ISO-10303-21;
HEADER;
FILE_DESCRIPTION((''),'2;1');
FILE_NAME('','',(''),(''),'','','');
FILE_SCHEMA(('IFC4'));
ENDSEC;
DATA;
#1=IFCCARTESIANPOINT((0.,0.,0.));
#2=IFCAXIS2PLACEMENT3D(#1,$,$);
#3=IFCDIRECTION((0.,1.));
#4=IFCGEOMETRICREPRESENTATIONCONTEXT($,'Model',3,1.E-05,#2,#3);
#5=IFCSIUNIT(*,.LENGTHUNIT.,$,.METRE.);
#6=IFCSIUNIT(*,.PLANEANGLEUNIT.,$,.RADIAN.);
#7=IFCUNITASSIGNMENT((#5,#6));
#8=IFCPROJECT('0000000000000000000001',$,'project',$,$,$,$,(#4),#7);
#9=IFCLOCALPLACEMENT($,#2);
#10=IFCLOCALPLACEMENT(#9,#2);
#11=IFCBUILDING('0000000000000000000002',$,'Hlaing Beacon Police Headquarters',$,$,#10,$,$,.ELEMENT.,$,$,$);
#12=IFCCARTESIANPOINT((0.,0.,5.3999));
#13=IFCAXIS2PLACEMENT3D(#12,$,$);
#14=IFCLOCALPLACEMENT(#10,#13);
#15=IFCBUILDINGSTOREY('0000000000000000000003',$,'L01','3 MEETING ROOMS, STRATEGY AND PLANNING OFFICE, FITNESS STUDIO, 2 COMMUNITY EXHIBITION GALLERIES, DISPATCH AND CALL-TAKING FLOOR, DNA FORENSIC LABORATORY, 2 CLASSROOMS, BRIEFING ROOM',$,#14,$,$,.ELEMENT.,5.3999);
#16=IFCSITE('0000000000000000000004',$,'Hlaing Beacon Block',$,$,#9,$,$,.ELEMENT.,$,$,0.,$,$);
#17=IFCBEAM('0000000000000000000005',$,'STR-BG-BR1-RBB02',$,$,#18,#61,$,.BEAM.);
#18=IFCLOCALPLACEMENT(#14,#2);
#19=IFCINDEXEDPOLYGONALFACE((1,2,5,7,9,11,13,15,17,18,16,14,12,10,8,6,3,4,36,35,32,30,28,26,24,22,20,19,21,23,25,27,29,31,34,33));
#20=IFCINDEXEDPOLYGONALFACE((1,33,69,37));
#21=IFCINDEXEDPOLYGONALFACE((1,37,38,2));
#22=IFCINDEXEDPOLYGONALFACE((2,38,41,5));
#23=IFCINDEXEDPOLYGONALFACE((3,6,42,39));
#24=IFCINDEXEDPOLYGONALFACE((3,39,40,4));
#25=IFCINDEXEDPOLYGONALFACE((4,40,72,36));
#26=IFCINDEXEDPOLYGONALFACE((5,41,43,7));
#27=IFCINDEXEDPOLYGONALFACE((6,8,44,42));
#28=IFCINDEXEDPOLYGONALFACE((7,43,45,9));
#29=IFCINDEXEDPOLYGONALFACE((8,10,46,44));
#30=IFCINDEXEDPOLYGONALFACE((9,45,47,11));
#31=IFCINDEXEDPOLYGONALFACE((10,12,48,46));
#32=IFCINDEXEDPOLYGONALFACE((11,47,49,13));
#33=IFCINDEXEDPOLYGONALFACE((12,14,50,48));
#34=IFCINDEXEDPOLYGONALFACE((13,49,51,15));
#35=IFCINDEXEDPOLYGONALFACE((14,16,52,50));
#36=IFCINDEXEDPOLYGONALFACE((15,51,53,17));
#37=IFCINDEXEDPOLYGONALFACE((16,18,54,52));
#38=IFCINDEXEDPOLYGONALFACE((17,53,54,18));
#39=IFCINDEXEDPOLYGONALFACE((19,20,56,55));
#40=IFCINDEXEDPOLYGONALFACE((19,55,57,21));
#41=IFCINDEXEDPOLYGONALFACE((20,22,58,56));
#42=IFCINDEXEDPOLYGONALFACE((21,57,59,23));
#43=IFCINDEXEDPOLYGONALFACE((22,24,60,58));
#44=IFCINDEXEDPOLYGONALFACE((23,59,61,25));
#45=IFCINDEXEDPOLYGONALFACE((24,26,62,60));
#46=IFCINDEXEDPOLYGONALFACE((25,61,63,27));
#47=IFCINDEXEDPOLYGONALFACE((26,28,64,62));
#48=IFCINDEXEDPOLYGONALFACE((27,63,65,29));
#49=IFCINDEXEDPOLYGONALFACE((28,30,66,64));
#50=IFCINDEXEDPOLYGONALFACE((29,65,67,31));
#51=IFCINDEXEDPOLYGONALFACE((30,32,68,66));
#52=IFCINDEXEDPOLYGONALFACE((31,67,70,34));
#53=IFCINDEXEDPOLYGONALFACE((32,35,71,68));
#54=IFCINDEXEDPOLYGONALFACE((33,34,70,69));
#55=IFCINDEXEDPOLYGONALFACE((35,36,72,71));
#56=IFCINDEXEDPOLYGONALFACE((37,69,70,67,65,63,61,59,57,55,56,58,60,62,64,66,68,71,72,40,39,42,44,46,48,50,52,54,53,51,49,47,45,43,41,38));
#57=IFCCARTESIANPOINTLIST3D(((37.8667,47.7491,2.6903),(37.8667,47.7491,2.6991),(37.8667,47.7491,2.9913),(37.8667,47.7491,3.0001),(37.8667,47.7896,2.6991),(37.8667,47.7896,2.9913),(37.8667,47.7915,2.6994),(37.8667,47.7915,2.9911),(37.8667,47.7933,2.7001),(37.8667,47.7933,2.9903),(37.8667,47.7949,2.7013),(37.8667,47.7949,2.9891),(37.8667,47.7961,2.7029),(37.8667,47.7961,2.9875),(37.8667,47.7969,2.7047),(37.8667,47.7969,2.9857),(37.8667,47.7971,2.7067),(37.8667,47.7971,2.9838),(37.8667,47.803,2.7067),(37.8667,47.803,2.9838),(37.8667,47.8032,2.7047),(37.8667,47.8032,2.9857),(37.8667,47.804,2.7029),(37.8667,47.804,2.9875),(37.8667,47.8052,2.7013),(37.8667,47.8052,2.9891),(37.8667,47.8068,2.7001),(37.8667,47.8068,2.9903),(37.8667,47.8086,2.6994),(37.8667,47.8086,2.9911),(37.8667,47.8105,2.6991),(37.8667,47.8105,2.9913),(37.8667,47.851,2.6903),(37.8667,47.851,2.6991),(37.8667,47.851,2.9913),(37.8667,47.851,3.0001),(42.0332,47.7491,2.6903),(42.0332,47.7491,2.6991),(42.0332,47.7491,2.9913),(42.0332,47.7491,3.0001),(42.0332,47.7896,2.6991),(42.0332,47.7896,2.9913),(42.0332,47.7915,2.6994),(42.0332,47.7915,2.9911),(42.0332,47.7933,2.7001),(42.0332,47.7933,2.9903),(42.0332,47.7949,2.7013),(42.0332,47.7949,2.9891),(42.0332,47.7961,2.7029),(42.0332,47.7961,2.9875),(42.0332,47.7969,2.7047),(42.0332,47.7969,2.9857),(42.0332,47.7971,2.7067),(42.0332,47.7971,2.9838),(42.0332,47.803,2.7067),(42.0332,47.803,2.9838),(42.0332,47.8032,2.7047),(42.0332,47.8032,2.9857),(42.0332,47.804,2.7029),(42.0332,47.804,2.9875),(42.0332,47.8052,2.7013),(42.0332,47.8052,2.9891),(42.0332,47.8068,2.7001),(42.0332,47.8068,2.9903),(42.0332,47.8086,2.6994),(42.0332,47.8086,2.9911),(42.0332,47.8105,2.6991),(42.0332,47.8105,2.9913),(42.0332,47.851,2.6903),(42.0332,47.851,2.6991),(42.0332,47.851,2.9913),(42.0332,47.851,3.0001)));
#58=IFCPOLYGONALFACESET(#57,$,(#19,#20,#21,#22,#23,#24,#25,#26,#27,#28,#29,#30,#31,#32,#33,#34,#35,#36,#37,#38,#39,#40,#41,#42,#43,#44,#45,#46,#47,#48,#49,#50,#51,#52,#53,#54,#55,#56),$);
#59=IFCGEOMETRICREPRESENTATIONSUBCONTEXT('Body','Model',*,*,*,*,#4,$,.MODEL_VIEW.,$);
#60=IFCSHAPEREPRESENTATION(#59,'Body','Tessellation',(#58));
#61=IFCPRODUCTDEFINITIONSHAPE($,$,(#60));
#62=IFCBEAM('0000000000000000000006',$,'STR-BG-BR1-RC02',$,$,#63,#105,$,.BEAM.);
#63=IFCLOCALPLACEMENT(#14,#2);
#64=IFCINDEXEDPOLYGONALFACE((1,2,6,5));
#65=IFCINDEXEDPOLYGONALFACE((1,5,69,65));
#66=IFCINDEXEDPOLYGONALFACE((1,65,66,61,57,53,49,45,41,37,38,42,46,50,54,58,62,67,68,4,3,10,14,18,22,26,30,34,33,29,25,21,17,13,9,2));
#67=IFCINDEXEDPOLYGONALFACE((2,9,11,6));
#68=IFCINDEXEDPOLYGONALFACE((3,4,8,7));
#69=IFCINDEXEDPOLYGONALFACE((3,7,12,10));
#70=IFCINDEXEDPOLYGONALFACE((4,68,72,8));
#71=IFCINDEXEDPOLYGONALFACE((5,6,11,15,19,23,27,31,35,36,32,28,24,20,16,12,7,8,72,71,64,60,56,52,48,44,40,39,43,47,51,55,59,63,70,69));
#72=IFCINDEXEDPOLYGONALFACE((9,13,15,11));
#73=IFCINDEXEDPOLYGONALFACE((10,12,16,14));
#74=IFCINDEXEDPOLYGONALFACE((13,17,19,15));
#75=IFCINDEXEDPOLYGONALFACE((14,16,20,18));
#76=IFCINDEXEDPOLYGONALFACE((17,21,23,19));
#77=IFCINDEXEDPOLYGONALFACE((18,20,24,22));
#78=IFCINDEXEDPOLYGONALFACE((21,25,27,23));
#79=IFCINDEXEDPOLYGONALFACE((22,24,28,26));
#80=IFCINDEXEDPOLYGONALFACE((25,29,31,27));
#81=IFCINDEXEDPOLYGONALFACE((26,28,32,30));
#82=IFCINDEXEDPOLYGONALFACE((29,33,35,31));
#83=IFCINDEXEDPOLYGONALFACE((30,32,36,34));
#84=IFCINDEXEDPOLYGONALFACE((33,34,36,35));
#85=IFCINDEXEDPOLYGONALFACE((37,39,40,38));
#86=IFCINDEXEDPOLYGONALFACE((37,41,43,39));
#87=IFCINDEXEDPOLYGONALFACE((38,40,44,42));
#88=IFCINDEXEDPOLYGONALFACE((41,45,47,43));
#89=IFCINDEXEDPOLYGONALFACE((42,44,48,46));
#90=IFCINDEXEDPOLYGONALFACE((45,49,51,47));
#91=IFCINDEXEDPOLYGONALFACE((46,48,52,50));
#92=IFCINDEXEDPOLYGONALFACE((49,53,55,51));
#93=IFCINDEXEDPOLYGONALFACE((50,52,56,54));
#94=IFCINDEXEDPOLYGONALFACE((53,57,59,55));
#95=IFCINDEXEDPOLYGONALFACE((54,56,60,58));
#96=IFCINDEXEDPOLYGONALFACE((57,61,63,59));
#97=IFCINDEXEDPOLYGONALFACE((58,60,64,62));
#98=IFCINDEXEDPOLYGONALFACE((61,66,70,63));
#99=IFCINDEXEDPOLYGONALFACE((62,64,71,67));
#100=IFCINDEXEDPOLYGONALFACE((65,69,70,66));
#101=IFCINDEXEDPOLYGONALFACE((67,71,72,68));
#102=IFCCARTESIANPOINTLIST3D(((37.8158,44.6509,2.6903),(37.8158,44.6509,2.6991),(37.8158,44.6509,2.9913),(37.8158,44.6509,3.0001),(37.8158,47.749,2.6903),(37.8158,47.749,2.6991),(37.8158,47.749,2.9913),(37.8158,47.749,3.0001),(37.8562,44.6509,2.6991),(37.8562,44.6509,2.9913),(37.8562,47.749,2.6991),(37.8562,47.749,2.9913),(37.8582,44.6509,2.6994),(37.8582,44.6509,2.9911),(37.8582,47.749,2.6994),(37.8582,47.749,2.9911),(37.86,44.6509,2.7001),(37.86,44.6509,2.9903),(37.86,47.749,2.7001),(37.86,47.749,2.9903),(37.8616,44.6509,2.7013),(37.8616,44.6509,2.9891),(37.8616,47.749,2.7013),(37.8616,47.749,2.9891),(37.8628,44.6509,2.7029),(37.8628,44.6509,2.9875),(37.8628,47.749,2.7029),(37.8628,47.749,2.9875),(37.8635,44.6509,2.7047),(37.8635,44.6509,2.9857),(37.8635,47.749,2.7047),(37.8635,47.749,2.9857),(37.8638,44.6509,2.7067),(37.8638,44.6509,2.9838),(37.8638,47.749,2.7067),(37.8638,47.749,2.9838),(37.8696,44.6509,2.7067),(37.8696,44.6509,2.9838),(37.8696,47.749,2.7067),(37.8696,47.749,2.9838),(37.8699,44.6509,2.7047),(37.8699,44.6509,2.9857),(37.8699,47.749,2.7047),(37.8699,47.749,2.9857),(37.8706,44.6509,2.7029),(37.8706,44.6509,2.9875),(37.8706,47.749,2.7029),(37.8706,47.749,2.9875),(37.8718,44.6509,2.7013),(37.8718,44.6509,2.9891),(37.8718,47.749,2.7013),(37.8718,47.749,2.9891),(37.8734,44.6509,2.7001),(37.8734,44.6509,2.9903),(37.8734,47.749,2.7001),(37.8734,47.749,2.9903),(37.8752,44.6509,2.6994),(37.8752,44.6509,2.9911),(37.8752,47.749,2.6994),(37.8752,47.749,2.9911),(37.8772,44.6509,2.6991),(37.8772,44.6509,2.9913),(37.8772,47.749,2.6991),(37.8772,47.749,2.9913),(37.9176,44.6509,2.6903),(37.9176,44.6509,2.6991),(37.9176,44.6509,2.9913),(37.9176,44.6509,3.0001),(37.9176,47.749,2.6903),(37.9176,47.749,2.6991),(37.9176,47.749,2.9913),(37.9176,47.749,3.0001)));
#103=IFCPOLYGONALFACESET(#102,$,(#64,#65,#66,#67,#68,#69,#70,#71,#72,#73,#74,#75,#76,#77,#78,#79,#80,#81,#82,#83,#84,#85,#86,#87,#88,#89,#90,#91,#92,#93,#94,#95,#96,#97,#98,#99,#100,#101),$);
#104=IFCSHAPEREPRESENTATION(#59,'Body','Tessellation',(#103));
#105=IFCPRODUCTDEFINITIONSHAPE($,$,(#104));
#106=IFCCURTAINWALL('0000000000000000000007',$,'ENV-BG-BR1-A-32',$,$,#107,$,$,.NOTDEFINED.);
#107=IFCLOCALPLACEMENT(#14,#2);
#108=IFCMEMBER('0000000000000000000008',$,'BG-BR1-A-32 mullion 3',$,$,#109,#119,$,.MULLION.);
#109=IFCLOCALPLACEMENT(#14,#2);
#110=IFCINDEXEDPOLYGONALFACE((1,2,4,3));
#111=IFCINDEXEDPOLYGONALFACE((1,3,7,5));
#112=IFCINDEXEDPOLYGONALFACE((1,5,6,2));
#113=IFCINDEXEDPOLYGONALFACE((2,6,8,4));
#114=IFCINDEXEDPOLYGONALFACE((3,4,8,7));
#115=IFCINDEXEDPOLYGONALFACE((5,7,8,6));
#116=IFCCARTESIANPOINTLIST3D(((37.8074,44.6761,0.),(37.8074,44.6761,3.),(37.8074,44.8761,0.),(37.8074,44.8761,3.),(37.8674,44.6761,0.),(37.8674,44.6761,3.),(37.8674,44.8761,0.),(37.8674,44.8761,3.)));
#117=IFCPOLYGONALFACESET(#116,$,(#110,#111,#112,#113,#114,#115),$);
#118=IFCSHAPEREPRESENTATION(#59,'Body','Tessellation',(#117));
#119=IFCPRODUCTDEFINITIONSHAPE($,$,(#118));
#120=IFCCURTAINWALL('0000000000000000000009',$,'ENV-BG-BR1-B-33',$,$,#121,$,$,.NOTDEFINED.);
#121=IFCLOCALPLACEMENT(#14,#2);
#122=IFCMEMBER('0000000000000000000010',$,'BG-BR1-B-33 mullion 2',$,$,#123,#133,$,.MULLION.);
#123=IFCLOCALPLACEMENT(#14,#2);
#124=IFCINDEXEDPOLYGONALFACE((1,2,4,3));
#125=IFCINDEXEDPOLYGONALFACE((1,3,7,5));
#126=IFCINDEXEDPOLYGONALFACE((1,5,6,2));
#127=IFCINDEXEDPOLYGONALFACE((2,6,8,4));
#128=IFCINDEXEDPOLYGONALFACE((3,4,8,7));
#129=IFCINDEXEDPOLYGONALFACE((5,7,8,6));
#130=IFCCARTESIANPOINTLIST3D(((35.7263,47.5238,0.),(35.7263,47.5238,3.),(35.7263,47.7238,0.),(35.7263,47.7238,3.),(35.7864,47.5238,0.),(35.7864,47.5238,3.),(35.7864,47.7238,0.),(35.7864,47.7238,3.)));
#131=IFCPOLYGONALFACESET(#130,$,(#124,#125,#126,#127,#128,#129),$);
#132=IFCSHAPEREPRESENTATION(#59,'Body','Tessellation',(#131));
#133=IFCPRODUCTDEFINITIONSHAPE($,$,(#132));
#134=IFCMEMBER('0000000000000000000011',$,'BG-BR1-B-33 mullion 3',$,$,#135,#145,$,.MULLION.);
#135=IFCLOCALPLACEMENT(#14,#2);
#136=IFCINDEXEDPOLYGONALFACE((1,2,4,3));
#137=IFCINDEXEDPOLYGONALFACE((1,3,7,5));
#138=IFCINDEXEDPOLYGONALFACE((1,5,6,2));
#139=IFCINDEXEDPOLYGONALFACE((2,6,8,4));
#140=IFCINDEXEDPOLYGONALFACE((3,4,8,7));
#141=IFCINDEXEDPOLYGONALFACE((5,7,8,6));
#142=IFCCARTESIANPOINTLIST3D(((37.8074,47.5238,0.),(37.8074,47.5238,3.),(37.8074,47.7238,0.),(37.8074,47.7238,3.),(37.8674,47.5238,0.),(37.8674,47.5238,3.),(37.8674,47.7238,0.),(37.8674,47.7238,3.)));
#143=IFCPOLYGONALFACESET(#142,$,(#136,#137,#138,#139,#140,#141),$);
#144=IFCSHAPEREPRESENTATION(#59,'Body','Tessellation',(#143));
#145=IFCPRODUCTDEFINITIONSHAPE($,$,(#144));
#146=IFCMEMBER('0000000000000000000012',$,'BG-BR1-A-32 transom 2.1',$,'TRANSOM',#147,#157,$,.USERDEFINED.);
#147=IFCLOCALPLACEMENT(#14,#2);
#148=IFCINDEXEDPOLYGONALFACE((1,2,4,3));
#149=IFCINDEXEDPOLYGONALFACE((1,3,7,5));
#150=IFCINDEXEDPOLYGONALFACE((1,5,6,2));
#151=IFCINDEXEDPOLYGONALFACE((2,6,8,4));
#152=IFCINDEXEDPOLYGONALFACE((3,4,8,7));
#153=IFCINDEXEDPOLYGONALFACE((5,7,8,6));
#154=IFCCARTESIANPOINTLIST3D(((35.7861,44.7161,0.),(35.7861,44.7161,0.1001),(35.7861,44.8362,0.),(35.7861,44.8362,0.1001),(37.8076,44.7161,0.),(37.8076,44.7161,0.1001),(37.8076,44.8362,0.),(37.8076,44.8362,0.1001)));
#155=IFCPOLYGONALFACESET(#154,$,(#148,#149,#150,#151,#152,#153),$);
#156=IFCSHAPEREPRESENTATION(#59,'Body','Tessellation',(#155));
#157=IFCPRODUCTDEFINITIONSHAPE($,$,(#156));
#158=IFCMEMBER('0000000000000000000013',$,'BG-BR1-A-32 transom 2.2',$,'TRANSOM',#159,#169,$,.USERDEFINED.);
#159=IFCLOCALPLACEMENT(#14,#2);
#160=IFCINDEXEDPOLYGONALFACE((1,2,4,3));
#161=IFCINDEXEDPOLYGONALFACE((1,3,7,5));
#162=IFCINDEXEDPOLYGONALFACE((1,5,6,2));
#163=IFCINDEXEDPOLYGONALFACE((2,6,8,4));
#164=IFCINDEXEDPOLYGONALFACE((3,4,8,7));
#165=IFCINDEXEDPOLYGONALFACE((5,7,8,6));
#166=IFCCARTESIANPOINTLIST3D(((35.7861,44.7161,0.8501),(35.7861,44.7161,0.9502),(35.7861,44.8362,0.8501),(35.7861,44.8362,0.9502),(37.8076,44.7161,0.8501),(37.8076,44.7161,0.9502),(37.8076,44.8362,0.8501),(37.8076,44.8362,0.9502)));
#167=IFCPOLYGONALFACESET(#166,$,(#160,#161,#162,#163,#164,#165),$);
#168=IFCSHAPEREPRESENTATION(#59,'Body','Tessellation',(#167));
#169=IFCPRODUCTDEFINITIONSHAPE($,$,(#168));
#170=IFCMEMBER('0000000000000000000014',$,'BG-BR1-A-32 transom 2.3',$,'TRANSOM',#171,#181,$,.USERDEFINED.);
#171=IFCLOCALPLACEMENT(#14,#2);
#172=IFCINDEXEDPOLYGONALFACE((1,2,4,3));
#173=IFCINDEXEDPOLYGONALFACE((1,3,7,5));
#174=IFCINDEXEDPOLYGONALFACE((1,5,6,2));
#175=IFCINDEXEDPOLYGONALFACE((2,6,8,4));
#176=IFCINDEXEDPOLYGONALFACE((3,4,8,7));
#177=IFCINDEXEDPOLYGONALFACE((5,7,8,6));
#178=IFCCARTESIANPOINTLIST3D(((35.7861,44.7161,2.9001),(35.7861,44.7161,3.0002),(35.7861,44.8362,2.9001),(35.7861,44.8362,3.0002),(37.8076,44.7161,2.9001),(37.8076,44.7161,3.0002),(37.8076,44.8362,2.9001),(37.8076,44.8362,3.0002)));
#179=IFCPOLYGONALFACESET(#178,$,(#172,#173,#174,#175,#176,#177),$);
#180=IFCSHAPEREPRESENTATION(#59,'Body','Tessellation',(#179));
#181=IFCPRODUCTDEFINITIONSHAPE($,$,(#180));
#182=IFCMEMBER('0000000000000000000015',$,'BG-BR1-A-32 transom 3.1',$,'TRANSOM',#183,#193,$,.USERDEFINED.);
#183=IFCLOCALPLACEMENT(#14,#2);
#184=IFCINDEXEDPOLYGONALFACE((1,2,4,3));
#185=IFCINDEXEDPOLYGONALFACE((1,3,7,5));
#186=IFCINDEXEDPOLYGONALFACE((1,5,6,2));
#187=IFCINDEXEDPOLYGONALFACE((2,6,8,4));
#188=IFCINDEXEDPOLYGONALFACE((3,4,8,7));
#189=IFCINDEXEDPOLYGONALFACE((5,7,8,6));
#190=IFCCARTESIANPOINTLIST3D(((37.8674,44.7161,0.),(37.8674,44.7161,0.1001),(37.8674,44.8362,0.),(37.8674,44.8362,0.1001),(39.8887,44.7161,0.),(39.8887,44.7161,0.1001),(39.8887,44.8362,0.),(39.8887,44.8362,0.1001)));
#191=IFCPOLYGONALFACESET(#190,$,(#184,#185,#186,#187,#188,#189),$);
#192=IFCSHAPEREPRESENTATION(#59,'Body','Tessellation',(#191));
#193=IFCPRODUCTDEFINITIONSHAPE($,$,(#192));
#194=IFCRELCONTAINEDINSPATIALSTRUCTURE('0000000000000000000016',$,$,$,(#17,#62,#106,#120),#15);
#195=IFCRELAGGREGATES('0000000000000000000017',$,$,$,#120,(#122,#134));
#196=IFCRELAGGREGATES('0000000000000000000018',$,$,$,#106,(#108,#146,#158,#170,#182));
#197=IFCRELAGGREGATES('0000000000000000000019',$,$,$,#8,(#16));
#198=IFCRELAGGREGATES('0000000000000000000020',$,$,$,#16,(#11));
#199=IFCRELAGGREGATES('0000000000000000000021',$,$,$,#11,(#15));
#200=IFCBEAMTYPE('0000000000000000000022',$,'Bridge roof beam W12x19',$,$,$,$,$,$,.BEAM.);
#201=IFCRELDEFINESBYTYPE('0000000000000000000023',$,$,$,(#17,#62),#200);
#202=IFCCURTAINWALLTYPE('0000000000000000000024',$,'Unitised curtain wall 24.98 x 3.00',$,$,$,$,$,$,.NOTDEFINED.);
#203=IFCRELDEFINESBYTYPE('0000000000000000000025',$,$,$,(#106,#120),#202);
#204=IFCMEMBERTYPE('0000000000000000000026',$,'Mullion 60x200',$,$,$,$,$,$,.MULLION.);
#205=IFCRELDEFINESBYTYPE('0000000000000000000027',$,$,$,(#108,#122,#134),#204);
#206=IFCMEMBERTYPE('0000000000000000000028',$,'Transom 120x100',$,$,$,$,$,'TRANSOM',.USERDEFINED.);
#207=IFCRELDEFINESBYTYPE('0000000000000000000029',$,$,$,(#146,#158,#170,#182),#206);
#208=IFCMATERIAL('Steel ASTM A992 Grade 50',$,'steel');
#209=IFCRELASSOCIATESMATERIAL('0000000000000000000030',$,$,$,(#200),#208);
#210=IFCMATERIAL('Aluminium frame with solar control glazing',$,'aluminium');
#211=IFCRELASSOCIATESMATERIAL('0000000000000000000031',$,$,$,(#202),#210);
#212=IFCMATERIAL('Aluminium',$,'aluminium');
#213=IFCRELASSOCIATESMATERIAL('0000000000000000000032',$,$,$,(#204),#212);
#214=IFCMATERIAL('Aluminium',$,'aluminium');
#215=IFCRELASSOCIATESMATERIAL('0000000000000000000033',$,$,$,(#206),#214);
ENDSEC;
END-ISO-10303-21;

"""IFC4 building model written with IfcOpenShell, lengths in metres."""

from ifc_helpers import new_model, si_unit, direction, frame, origin, origin_2d, place, context, subcontext, project, spatial, rectangle, i_section, extrude, material, material_profile, profile_set, type_object, element, aggregate, save


model = new_model("IFC4")

# Units and contexts
model_context = context("Model", 3, precision=1e-05, world=origin(), true_north=direction((0.0, 1.0)))
body_context = subcontext(model_context, "Body", "Model", "MODEL_VIEW")
ifc_project = project(units=[si_unit("LENGTHUNIT", "METRE"), si_unit("PLANEANGLEUNIT", "RADIAN")], contexts=[model_context])

# Site, building, storey
site_placement = place(None, origin())
site = spatial("IfcSite", under=ifc_project, at=site_placement, Name="Hlaing Beacon Block", CompositionType="ELEMENT", RefElevation=0.0)
building_placement = place(site_placement, origin())
building = spatial("IfcBuilding", under=site, at=building_placement, Name="Hlaing Beacon Police Headquarters", CompositionType="ELEMENT")
storey_placement = place(building_placement, frame((0.0, 0.0, 5.3999)))
storey = spatial("IfcBuildingStorey", under=building, at=storey_placement, Name="L01", Description="3 MEETING ROOMS, STRATEGY AND PLANNING OFFICE, FITNESS STUDIO, 2 COMMUNITY EXHIBITION GALLERIES, DISPATCH AND CALL-TAKING FLOOR, DNA FORENSIC LABORATORY, 2 CLASSROOMS, BRIEFING ROOM", CompositionType="ELEMENT", Elevation=5.3999)

# Beams
ifc_material_1 = material(Name="Steel ASTM A992 Grade 50", Category="steel")
ifc_material_profile_1 = material_profile(ifc_material_1, i_section(OverallWidth=0.1018, OverallDepth=0.3098, WebThickness=0.0059, FlangeThickness=0.0088, FilletRadius=0.0076, at=origin_2d()), Name="W12x19")
ifc_profile_set_1 = profile_set([ifc_material_profile_1], Name="Steel ASTM A992 Grade 50")
beam_type_1 = type_object("IfcBeamType", Name="Bridge roof beam W12x19", PredefinedType="BEAM", material=ifc_profile_set_1)
for number, where, z_axis, x_axis, name in (
    (1, (37.8667, 47.8, 2.8452), (1.0, 0.0, 0.0), (0.0, 1.0, 0.0), "STR-BG-BR1-RBB02"),
):
    element("IfcBeam", number, at=place(storey_placement, frame(where, z_axis=z_axis, x_axis=x_axis)), inside=storey, type_object=beam_type_1, Name=name, PredefinedType="BEAM", context=body_context, shape_type="SweptSolid", body=[
        extrude(i_section(OverallWidth=0.1018, OverallDepth=0.3098, WebThickness=0.0059, FlangeThickness=0.0088, FilletRadius=0.0076, at=origin_2d()), origin(), (0.0, 0.0, 1.0), 4.1665),
    ])
beam_placement = place(storey_placement, frame((37.8667, 44.6509, 2.8452), z_axis=(0.0, 1.0, 0.0), x_axis=(-1.0, 0.0, 0.0)))
element("IfcBeam", 2, at=beam_placement, inside=storey, type_object=beam_type_1, Name="STR-BG-BR1-RC02", PredefinedType="BEAM", context=body_context, shape_type="SweptSolid", body=[
    extrude(i_section(OverallWidth=0.1018, OverallDepth=0.3098, WebThickness=0.0059, FlangeThickness=0.0088, FilletRadius=0.0076, at=origin_2d()), origin(), (0.0, 0.0, 1.0), 3.0981),
])

# Curtain wall, member
ifc_material_2 = material(Name="Aluminium frame with solar control glazing", Category="aluminium")
curtain_wall_type = type_object("IfcCurtainWallType", Name="Unitised curtain wall 24.98 x 3.00", PredefinedType="NOTDEFINED", material=ifc_material_2)
curtain_wall_1_placement = place(storey_placement, origin())
curtain_wall_1 = element("IfcCurtainWall", 3, at=curtain_wall_1_placement, inside=storey, type_object=curtain_wall_type, Name="ENV-BG-BR1-A-32", PredefinedType="NOTDEFINED")
ifc_material_3 = material(Name="Aluminium", Category="aluminium")
ifc_material_profile_2 = material_profile(ifc_material_3, rectangle(XDim=0.2, YDim=0.0601, at=origin_2d()), Name="Mullion 60x200")
ifc_profile_set_2 = profile_set([ifc_material_profile_2], Name="Aluminium")
member_type_1 = type_object("IfcMemberType", Name="Mullion 60x200", PredefinedType="MULLION", material=ifc_profile_set_2)
member_1_placement = place(storey_placement, frame((37.8374, 44.7761, 0.0), z_axis=(0.0, 0.0, 1.0), x_axis=(0.0, 1.0, 0.0)))
member_1 = element("IfcMember", 4, at=member_1_placement, type_object=member_type_1, Name="BG-BR1-A-32 mullion 3", PredefinedType="MULLION", context=body_context, shape_type="SweptSolid", body=[
    extrude(rectangle(XDim=0.2, YDim=0.0601, at=origin_2d()), origin(), (0.0, 0.0, 1.0), 3.0),
])

# Curtain wall, members
curtain_wall_2_placement = place(storey_placement, origin())
curtain_wall_2 = element("IfcCurtainWall", 5, at=curtain_wall_2_placement, inside=storey, type_object=curtain_wall_type, Name="ENV-BG-BR1-B-33", PredefinedType="NOTDEFINED")
member_2_placement = place(storey_placement, frame((35.7563, 47.6238, 0.0), z_axis=(0.0, 0.0, 1.0), x_axis=(0.0, 1.0, 0.0)))
member_2 = element("IfcMember", 6, at=member_2_placement, type_object=member_type_1, Name="BG-BR1-B-33 mullion 2", PredefinedType="MULLION", context=body_context, shape_type="SweptSolid", body=[
    extrude(rectangle(XDim=0.2, YDim=0.0601, at=origin_2d()), origin(), (0.0, 0.0, 1.0), 3.0),
])
member_3_placement = place(storey_placement, frame((37.8374, 47.6238, 0.0), z_axis=(0.0, 0.0, 1.0), x_axis=(0.0, 1.0, 0.0)))
member_3 = element("IfcMember", 7, at=member_3_placement, type_object=member_type_1, Name="BG-BR1-B-33 mullion 3", PredefinedType="MULLION", context=body_context, shape_type="SweptSolid", body=[
    extrude(rectangle(XDim=0.2, YDim=0.0601, at=origin_2d()), origin(), (0.0, 0.0, 1.0), 3.0),
])

# Members
ifc_material_4 = material(Name="Aluminium", Category="aluminium")
ifc_material_profile_3 = material_profile(ifc_material_4, rectangle(XDim=0.1201, YDim=0.1001, at=origin_2d()), Name="Transom 120x100")
ifc_profile_set_3 = profile_set([ifc_material_profile_3], Name="Aluminium")
member_type_2 = type_object("IfcMemberType", Name="Transom 120x100", ElementType="TRANSOM", PredefinedType="USERDEFINED", material=ifc_profile_set_3)
member_4_placement = place(storey_placement, frame((35.7861, 44.7761, 0.05), z_axis=(1.0, 0.0, 0.0), x_axis=(0.0, 1.0, 0.0)))
member_4 = element("IfcMember", 8, at=member_4_placement, type_object=member_type_2, Name="BG-BR1-A-32 transom 2.1", ObjectType="TRANSOM", PredefinedType="USERDEFINED", context=body_context, shape_type="SweptSolid", body=[
    extrude(rectangle(XDim=0.1201, YDim=0.1001, at=origin_2d()), origin(), (0.0, 0.0, 1.0), 2.0215),
])
member_5_placement = place(storey_placement, frame((35.7861, 44.7761, 0.9001), z_axis=(1.0, 0.0, 0.0), x_axis=(0.0, 1.0, 0.0)))
member_5 = element("IfcMember", 9, at=member_5_placement, type_object=member_type_2, Name="BG-BR1-A-32 transom 2.2", ObjectType="TRANSOM", PredefinedType="USERDEFINED", context=body_context, shape_type="SweptSolid", body=[
    extrude(rectangle(XDim=0.1201, YDim=0.1001, at=origin_2d()), origin(), (0.0, 0.0, 1.0), 2.0215),
])
member_6_placement = place(storey_placement, frame((35.7861, 44.7761, 2.9502), z_axis=(1.0, 0.0, 0.0), x_axis=(0.0, 1.0, 0.0)))
member_6 = element("IfcMember", 10, at=member_6_placement, type_object=member_type_2, Name="BG-BR1-A-32 transom 2.3", ObjectType="TRANSOM", PredefinedType="USERDEFINED", context=body_context, shape_type="SweptSolid", body=[
    extrude(rectangle(XDim=0.1201, YDim=0.1001, at=origin_2d()), origin(), (0.0, 0.0, 1.0), 2.0215),
])
member_7_placement = place(storey_placement, frame((37.8674, 44.7761, 0.05), z_axis=(1.0, 0.0, 0.0), x_axis=(0.0, 1.0, 0.0)))
member_7 = element("IfcMember", 11, at=member_7_placement, type_object=member_type_2, Name="BG-BR1-A-32 transom 3.1", ObjectType="TRANSOM", PredefinedType="USERDEFINED", context=body_context, shape_type="SweptSolid", body=[
    extrude(rectangle(XDim=0.1201, YDim=0.1001, at=origin_2d()), origin(), (0.0, 0.0, 1.0), 2.0212),
])

aggregate(curtain_wall_2, [member_2, member_3])
aggregate(curtain_wall_1, [member_1, member_4, member_5, member_6, member_7])

save(model, "model.ifc")
